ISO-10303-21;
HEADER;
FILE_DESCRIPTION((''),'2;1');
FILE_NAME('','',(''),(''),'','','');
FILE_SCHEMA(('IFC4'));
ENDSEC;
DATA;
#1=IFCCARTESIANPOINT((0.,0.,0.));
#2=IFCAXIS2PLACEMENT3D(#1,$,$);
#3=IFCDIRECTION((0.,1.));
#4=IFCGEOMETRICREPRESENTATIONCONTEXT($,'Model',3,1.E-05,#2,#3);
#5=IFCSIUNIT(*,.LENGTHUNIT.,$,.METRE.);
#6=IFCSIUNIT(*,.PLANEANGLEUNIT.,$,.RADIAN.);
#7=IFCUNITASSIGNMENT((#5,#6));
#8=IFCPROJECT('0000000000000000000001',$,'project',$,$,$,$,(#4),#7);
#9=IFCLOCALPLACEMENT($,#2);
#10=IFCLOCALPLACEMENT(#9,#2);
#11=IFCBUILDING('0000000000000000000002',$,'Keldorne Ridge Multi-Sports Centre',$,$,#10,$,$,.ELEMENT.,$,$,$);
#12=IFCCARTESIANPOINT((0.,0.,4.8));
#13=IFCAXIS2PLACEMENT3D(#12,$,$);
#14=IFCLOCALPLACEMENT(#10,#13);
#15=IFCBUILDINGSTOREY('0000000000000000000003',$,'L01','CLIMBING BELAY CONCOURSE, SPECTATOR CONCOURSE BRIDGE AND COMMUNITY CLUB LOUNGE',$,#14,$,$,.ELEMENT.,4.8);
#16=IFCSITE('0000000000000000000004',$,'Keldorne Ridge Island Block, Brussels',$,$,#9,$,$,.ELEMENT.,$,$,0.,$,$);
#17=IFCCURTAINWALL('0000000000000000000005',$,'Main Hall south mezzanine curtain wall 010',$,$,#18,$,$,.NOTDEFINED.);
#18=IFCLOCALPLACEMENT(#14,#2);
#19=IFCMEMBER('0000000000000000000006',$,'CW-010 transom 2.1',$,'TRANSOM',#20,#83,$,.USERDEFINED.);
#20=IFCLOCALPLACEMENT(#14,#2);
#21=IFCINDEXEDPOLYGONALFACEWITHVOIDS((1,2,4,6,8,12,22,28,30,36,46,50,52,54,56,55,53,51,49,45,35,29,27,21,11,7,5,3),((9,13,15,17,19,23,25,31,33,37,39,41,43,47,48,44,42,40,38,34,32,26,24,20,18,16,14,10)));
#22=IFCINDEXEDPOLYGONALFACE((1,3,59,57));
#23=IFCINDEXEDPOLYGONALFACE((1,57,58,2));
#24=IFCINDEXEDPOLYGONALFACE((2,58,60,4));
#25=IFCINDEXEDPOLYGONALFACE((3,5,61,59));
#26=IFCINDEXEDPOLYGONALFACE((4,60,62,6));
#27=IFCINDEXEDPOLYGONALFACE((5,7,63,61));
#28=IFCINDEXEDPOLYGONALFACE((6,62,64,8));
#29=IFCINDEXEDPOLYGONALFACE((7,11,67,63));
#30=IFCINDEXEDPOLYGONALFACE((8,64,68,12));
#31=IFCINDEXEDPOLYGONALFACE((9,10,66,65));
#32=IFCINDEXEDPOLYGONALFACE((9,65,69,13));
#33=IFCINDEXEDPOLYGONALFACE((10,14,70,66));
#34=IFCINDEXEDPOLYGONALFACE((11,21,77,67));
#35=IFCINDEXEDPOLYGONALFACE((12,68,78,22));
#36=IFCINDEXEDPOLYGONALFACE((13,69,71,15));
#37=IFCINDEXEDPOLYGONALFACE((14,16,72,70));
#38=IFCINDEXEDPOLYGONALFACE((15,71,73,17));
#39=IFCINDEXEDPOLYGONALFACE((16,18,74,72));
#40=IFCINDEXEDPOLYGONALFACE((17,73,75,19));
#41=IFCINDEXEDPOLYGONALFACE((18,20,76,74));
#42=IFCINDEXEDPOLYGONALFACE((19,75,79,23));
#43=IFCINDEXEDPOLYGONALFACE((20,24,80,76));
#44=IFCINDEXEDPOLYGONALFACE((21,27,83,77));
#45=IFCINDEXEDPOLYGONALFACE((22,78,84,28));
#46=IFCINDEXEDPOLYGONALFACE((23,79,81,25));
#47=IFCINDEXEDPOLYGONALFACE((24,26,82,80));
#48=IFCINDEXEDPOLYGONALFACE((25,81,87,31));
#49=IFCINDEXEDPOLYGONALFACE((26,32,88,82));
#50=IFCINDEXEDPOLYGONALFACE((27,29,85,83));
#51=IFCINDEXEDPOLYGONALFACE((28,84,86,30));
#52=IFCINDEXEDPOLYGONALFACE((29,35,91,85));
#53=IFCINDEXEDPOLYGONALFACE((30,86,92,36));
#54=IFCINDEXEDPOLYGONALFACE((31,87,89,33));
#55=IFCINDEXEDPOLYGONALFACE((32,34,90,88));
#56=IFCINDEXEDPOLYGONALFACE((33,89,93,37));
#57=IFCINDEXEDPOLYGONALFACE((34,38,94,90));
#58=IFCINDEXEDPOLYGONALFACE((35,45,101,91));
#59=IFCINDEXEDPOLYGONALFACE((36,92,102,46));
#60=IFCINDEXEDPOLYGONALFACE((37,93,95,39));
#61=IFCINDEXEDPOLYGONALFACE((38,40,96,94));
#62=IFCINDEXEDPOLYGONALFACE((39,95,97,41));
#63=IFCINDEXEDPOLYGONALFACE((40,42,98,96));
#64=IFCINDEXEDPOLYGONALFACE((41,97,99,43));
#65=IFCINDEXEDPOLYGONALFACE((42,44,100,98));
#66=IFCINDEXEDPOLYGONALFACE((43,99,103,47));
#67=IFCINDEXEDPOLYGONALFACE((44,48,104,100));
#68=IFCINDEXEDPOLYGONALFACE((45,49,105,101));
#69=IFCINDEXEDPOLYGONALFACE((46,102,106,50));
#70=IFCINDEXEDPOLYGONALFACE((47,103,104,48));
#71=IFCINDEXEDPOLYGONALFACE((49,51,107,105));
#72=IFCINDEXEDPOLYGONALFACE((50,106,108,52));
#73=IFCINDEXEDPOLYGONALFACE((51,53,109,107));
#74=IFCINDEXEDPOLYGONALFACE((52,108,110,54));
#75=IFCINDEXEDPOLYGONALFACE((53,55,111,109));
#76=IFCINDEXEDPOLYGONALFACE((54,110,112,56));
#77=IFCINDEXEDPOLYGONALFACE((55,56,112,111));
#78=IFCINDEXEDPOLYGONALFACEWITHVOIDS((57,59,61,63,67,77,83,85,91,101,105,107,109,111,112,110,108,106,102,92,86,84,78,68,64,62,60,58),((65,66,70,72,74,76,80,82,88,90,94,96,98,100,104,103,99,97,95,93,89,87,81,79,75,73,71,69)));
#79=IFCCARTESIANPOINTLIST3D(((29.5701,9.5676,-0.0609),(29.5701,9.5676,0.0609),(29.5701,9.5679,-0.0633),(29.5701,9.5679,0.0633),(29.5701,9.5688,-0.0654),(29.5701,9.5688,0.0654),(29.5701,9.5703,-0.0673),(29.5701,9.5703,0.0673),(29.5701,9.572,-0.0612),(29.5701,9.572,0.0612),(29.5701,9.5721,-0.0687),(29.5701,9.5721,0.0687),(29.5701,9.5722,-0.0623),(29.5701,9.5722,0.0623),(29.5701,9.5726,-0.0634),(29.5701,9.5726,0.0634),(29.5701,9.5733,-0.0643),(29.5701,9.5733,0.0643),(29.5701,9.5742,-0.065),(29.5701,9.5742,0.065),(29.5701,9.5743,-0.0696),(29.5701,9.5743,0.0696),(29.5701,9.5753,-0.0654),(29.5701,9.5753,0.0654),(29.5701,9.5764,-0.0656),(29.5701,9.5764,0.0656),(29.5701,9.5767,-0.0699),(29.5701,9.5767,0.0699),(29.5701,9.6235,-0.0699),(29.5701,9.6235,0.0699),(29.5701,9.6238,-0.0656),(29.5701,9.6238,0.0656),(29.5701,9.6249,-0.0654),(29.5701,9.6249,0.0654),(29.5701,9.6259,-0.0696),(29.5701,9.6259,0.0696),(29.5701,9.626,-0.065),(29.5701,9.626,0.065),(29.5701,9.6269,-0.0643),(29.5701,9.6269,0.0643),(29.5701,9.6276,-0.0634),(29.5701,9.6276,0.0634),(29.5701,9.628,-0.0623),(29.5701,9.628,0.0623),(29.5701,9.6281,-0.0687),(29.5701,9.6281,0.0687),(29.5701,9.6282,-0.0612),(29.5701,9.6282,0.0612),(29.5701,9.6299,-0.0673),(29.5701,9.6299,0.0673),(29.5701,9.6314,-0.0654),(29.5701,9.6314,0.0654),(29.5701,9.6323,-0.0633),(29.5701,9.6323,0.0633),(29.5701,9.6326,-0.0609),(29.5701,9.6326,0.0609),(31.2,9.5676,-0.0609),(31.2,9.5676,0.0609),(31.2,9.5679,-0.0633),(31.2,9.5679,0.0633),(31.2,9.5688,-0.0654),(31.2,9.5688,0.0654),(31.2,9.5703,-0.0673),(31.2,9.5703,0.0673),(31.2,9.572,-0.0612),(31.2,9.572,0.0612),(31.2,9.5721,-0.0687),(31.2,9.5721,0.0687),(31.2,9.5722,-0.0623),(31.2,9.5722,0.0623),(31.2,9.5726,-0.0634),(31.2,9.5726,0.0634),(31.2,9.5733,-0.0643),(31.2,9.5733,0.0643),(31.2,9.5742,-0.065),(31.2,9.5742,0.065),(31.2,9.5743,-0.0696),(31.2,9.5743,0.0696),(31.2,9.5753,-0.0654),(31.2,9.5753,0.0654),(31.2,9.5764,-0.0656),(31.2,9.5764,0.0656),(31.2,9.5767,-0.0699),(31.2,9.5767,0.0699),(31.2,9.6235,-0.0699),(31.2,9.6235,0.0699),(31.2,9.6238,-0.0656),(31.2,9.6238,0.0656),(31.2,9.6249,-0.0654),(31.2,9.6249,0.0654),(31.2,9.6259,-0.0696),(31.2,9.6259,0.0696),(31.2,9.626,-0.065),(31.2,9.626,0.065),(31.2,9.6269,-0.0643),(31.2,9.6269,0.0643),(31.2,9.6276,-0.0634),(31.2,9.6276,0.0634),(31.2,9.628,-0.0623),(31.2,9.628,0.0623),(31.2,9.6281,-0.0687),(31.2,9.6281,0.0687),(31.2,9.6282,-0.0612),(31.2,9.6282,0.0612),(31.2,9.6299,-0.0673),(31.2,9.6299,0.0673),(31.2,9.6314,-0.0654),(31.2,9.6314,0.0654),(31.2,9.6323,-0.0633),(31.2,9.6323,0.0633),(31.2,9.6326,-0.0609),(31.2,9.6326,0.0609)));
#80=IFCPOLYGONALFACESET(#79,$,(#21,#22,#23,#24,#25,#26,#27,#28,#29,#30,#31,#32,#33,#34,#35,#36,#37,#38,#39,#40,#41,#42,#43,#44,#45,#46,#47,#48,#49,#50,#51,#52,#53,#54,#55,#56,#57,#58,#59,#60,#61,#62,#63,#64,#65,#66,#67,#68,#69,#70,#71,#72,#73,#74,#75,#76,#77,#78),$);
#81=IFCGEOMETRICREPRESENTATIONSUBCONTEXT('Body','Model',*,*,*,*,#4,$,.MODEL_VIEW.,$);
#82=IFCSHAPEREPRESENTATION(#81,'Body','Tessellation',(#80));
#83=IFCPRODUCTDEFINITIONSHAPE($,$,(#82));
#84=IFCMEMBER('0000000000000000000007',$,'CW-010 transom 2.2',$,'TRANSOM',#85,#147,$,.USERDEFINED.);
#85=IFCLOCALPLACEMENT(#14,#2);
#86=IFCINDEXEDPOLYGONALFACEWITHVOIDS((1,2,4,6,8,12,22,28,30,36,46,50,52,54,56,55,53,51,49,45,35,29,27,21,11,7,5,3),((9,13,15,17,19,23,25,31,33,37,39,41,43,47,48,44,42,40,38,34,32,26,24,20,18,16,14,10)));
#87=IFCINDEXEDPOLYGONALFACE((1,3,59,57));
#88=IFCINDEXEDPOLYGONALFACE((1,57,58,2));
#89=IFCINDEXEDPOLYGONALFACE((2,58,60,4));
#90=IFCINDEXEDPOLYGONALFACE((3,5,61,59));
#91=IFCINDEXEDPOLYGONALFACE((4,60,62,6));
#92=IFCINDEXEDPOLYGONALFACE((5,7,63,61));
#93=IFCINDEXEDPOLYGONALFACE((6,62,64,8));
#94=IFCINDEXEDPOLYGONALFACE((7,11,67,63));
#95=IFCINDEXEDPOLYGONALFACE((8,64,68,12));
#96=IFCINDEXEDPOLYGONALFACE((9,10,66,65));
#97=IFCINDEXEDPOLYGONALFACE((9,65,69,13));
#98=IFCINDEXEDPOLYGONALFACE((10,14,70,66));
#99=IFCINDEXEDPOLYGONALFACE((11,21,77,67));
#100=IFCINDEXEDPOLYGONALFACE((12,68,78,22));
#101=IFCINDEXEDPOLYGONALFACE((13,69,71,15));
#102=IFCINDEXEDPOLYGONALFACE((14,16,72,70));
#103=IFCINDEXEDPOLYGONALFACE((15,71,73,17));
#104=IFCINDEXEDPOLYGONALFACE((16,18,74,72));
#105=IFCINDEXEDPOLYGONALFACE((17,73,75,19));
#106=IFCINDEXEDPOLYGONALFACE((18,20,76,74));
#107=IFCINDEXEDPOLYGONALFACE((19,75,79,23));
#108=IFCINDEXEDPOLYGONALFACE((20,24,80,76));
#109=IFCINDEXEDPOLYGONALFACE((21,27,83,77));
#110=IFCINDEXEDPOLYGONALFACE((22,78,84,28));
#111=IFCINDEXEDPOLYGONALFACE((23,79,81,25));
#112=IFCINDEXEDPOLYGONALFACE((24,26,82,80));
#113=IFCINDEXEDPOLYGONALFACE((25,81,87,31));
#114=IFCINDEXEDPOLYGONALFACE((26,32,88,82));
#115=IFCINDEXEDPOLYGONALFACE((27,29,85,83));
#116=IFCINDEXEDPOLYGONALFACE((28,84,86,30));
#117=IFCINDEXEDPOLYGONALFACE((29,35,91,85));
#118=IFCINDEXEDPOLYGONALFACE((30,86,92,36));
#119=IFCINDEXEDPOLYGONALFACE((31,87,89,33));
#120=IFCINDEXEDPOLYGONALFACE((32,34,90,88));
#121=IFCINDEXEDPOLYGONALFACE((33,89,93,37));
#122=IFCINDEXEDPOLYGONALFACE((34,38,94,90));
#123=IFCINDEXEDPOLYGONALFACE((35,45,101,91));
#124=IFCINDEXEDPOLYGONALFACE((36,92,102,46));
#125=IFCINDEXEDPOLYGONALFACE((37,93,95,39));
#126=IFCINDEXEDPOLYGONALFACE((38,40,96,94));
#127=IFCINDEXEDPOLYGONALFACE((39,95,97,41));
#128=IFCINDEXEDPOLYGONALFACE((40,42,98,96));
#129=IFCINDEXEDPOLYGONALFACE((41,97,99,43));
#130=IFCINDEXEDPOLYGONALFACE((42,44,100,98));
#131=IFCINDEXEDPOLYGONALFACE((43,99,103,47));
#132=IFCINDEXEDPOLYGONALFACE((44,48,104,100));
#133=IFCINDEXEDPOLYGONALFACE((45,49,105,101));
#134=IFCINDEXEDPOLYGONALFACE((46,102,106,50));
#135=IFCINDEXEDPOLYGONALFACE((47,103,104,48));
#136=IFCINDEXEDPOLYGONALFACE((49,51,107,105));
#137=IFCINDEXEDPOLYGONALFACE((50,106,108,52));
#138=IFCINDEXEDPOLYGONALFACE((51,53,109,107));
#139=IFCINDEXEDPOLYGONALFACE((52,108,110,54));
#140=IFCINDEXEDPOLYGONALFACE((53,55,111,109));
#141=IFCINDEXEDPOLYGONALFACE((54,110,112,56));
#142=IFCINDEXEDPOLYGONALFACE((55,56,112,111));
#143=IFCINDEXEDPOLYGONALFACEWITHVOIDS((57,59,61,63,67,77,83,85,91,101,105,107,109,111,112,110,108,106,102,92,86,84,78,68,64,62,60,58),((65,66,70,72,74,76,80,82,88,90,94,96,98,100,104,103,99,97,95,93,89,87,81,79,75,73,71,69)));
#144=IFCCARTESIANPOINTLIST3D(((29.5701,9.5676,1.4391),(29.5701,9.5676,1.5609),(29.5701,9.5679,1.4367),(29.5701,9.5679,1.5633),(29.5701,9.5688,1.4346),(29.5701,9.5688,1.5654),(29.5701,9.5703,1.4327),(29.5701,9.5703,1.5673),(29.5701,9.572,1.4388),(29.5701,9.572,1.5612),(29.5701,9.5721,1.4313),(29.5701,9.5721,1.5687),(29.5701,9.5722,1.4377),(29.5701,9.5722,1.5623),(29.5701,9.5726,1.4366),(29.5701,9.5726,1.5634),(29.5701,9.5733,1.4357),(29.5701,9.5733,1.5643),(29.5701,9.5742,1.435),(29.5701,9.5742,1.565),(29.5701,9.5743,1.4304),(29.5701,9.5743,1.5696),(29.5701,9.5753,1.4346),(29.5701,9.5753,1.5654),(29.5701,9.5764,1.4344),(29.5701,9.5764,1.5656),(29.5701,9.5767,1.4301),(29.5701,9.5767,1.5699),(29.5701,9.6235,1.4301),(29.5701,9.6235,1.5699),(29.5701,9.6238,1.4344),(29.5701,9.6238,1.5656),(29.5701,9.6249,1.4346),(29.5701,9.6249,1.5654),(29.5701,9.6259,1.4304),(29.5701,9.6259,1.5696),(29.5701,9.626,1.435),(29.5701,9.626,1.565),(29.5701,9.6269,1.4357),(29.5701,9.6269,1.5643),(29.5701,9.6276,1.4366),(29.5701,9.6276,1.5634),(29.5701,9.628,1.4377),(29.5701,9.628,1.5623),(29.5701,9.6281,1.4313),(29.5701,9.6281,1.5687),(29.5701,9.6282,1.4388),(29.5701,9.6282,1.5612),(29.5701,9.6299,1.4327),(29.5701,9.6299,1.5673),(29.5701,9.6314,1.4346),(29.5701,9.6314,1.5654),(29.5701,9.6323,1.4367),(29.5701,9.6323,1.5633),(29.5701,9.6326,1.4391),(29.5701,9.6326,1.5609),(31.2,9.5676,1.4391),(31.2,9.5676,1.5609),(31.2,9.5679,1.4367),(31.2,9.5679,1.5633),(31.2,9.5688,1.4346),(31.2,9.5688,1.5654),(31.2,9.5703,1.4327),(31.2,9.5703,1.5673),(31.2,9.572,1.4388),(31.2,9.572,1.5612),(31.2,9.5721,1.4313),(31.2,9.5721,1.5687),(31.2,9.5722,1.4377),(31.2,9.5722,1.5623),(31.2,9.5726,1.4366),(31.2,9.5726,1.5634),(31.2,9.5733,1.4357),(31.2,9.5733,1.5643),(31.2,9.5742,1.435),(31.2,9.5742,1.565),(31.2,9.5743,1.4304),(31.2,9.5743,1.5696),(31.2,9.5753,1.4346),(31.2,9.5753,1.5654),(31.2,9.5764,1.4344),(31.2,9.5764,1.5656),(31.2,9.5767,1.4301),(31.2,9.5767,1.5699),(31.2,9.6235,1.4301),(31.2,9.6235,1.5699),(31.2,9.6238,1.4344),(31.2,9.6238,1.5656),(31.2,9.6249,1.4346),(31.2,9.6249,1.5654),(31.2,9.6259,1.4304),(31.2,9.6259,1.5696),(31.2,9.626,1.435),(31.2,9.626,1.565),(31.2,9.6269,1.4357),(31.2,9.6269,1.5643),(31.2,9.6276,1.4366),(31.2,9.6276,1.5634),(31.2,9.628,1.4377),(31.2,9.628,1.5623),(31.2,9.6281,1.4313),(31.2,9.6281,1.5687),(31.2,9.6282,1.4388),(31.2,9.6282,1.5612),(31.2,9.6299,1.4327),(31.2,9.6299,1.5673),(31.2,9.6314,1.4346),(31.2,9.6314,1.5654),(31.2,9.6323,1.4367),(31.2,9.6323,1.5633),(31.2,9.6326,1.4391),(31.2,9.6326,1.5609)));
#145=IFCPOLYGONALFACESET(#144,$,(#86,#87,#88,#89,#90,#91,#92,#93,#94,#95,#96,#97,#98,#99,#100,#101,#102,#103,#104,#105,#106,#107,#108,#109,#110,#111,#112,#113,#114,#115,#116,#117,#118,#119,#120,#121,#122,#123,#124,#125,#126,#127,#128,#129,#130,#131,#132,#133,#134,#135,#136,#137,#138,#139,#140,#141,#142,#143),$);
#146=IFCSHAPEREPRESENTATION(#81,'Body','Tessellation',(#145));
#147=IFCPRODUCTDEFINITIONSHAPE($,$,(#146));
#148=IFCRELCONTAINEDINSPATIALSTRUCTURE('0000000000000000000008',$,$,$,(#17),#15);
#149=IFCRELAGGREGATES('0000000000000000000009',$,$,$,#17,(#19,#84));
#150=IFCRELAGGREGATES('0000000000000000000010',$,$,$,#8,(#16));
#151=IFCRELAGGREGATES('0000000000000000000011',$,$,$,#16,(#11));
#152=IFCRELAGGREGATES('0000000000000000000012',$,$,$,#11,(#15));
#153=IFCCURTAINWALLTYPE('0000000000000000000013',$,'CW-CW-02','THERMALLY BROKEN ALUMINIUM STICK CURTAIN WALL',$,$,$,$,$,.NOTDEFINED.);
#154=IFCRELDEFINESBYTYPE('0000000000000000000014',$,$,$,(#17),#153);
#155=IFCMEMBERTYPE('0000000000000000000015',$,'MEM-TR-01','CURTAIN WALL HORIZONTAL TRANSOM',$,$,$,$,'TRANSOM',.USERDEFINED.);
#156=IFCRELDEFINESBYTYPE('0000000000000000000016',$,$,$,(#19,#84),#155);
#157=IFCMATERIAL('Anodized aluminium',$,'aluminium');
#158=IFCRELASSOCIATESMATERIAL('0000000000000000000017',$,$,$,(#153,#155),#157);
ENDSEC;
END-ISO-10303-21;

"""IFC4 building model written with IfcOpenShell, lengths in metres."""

from ifc_helpers import new_model, si_unit, direction, frame, origin, origin_2d, place, context, subcontext, project, spatial, hollow_rectangle, extrude, material, material_profile, profile_set, type_object, element, aggregate, save


model = new_model("IFC4")

# Units and contexts
model_context = context("Model", 3, precision=1e-05, world=origin(), true_north=direction((0.0, 1.0)))
body_context = subcontext(model_context, "Body", "Model", "MODEL_VIEW")
ifc_project = project(units=[si_unit("LENGTHUNIT", "METRE"), si_unit("PLANEANGLEUNIT", "RADIAN")], contexts=[model_context])

# Site, building, storey
site_placement = place(None, origin())
site = spatial("IfcSite", under=ifc_project, at=site_placement, Name="Keldorne Ridge Island Block, Brussels", CompositionType="ELEMENT", RefElevation=0.0)
building_placement = place(site_placement, origin())
building = spatial("IfcBuilding", under=site, at=building_placement, Name="Keldorne Ridge Multi-Sports Centre", CompositionType="ELEMENT")
storey_placement = place(building_placement, frame((0.0, 0.0, 4.8)))
storey = spatial("IfcBuildingStorey", under=building, at=storey_placement, Name="L01", Description="CLIMBING BELAY CONCOURSE, SPECTATOR CONCOURSE BRIDGE AND COMMUNITY CLUB LOUNGE", CompositionType="ELEMENT", Elevation=4.8)

# Curtain wall
ifc_material_1 = material(Name="Anodized aluminium", Category="aluminium")
curtain_wall_type_1 = type_object("IfcCurtainWallType", Name="CW-CW-02", Description="THERMALLY BROKEN ALUMINIUM STICK CURTAIN WALL", PredefinedType="NOTDEFINED", material=ifc_material_1)
curtain_wall_1_placement = place(storey_placement, origin())
curtain_wall_1 = element("IfcCurtainWall", 1, at=curtain_wall_1_placement, inside=storey, type_object=curtain_wall_type_1, Name="Main Hall south mezzanine curtain wall 010", PredefinedType="NOTDEFINED")

# Members
ifc_material_profile_1 = material_profile(ifc_material_1, hollow_rectangle(XDim=0.0649, YDim=0.1399, WallThickness=0.0044, InnerFilletRadius=0.0044, OuterFilletRadius=0.009, at=origin_2d()), Name="ALU TRANSOM 140x65x4.5")
ifc_profile_set_1 = profile_set([ifc_material_profile_1], Name="Anodized aluminium")
member_type_1 = type_object("IfcMemberType", Name="MEM-TR-01", Description="CURTAIN WALL HORIZONTAL TRANSOM", ElementType="TRANSOM", PredefinedType="USERDEFINED", material=ifc_profile_set_1)
member_1_placement = place(storey_placement, frame((29.5701, 9.6001, 0.0), z_axis=(1.0, 0.0, 0.0), x_axis=(0.0, 1.0, 0.0)))
member_1 = element("IfcMember", 2, at=member_1_placement, type_object=member_type_1, Name="CW-010 transom 2.1", ObjectType="TRANSOM", PredefinedType="USERDEFINED", context=body_context, shape_type="SweptSolid", body=[
    extrude(hollow_rectangle(XDim=0.0649, YDim=0.1399, WallThickness=0.0044, InnerFilletRadius=0.0044, OuterFilletRadius=0.009, at=origin_2d()), origin(), (0.0, 0.0, 1.0), 1.6299),
])
member_2_placement = place(storey_placement, frame((29.5701, 9.6001, 1.5), z_axis=(1.0, 0.0, 0.0), x_axis=(0.0, 1.0, 0.0)))
member_2 = element("IfcMember", 3, at=member_2_placement, type_object=member_type_1, Name="CW-010 transom 2.2", ObjectType="TRANSOM", PredefinedType="USERDEFINED", context=body_context, shape_type="SweptSolid", body=[
    extrude(hollow_rectangle(XDim=0.0649, YDim=0.1399, WallThickness=0.0044, InnerFilletRadius=0.0044, OuterFilletRadius=0.009, at=origin_2d()), origin(), (0.0, 0.0, 1.0), 1.6299),
])

aggregate(curtain_wall_1, [member_1, member_2])

save(model, "model.ifc")
